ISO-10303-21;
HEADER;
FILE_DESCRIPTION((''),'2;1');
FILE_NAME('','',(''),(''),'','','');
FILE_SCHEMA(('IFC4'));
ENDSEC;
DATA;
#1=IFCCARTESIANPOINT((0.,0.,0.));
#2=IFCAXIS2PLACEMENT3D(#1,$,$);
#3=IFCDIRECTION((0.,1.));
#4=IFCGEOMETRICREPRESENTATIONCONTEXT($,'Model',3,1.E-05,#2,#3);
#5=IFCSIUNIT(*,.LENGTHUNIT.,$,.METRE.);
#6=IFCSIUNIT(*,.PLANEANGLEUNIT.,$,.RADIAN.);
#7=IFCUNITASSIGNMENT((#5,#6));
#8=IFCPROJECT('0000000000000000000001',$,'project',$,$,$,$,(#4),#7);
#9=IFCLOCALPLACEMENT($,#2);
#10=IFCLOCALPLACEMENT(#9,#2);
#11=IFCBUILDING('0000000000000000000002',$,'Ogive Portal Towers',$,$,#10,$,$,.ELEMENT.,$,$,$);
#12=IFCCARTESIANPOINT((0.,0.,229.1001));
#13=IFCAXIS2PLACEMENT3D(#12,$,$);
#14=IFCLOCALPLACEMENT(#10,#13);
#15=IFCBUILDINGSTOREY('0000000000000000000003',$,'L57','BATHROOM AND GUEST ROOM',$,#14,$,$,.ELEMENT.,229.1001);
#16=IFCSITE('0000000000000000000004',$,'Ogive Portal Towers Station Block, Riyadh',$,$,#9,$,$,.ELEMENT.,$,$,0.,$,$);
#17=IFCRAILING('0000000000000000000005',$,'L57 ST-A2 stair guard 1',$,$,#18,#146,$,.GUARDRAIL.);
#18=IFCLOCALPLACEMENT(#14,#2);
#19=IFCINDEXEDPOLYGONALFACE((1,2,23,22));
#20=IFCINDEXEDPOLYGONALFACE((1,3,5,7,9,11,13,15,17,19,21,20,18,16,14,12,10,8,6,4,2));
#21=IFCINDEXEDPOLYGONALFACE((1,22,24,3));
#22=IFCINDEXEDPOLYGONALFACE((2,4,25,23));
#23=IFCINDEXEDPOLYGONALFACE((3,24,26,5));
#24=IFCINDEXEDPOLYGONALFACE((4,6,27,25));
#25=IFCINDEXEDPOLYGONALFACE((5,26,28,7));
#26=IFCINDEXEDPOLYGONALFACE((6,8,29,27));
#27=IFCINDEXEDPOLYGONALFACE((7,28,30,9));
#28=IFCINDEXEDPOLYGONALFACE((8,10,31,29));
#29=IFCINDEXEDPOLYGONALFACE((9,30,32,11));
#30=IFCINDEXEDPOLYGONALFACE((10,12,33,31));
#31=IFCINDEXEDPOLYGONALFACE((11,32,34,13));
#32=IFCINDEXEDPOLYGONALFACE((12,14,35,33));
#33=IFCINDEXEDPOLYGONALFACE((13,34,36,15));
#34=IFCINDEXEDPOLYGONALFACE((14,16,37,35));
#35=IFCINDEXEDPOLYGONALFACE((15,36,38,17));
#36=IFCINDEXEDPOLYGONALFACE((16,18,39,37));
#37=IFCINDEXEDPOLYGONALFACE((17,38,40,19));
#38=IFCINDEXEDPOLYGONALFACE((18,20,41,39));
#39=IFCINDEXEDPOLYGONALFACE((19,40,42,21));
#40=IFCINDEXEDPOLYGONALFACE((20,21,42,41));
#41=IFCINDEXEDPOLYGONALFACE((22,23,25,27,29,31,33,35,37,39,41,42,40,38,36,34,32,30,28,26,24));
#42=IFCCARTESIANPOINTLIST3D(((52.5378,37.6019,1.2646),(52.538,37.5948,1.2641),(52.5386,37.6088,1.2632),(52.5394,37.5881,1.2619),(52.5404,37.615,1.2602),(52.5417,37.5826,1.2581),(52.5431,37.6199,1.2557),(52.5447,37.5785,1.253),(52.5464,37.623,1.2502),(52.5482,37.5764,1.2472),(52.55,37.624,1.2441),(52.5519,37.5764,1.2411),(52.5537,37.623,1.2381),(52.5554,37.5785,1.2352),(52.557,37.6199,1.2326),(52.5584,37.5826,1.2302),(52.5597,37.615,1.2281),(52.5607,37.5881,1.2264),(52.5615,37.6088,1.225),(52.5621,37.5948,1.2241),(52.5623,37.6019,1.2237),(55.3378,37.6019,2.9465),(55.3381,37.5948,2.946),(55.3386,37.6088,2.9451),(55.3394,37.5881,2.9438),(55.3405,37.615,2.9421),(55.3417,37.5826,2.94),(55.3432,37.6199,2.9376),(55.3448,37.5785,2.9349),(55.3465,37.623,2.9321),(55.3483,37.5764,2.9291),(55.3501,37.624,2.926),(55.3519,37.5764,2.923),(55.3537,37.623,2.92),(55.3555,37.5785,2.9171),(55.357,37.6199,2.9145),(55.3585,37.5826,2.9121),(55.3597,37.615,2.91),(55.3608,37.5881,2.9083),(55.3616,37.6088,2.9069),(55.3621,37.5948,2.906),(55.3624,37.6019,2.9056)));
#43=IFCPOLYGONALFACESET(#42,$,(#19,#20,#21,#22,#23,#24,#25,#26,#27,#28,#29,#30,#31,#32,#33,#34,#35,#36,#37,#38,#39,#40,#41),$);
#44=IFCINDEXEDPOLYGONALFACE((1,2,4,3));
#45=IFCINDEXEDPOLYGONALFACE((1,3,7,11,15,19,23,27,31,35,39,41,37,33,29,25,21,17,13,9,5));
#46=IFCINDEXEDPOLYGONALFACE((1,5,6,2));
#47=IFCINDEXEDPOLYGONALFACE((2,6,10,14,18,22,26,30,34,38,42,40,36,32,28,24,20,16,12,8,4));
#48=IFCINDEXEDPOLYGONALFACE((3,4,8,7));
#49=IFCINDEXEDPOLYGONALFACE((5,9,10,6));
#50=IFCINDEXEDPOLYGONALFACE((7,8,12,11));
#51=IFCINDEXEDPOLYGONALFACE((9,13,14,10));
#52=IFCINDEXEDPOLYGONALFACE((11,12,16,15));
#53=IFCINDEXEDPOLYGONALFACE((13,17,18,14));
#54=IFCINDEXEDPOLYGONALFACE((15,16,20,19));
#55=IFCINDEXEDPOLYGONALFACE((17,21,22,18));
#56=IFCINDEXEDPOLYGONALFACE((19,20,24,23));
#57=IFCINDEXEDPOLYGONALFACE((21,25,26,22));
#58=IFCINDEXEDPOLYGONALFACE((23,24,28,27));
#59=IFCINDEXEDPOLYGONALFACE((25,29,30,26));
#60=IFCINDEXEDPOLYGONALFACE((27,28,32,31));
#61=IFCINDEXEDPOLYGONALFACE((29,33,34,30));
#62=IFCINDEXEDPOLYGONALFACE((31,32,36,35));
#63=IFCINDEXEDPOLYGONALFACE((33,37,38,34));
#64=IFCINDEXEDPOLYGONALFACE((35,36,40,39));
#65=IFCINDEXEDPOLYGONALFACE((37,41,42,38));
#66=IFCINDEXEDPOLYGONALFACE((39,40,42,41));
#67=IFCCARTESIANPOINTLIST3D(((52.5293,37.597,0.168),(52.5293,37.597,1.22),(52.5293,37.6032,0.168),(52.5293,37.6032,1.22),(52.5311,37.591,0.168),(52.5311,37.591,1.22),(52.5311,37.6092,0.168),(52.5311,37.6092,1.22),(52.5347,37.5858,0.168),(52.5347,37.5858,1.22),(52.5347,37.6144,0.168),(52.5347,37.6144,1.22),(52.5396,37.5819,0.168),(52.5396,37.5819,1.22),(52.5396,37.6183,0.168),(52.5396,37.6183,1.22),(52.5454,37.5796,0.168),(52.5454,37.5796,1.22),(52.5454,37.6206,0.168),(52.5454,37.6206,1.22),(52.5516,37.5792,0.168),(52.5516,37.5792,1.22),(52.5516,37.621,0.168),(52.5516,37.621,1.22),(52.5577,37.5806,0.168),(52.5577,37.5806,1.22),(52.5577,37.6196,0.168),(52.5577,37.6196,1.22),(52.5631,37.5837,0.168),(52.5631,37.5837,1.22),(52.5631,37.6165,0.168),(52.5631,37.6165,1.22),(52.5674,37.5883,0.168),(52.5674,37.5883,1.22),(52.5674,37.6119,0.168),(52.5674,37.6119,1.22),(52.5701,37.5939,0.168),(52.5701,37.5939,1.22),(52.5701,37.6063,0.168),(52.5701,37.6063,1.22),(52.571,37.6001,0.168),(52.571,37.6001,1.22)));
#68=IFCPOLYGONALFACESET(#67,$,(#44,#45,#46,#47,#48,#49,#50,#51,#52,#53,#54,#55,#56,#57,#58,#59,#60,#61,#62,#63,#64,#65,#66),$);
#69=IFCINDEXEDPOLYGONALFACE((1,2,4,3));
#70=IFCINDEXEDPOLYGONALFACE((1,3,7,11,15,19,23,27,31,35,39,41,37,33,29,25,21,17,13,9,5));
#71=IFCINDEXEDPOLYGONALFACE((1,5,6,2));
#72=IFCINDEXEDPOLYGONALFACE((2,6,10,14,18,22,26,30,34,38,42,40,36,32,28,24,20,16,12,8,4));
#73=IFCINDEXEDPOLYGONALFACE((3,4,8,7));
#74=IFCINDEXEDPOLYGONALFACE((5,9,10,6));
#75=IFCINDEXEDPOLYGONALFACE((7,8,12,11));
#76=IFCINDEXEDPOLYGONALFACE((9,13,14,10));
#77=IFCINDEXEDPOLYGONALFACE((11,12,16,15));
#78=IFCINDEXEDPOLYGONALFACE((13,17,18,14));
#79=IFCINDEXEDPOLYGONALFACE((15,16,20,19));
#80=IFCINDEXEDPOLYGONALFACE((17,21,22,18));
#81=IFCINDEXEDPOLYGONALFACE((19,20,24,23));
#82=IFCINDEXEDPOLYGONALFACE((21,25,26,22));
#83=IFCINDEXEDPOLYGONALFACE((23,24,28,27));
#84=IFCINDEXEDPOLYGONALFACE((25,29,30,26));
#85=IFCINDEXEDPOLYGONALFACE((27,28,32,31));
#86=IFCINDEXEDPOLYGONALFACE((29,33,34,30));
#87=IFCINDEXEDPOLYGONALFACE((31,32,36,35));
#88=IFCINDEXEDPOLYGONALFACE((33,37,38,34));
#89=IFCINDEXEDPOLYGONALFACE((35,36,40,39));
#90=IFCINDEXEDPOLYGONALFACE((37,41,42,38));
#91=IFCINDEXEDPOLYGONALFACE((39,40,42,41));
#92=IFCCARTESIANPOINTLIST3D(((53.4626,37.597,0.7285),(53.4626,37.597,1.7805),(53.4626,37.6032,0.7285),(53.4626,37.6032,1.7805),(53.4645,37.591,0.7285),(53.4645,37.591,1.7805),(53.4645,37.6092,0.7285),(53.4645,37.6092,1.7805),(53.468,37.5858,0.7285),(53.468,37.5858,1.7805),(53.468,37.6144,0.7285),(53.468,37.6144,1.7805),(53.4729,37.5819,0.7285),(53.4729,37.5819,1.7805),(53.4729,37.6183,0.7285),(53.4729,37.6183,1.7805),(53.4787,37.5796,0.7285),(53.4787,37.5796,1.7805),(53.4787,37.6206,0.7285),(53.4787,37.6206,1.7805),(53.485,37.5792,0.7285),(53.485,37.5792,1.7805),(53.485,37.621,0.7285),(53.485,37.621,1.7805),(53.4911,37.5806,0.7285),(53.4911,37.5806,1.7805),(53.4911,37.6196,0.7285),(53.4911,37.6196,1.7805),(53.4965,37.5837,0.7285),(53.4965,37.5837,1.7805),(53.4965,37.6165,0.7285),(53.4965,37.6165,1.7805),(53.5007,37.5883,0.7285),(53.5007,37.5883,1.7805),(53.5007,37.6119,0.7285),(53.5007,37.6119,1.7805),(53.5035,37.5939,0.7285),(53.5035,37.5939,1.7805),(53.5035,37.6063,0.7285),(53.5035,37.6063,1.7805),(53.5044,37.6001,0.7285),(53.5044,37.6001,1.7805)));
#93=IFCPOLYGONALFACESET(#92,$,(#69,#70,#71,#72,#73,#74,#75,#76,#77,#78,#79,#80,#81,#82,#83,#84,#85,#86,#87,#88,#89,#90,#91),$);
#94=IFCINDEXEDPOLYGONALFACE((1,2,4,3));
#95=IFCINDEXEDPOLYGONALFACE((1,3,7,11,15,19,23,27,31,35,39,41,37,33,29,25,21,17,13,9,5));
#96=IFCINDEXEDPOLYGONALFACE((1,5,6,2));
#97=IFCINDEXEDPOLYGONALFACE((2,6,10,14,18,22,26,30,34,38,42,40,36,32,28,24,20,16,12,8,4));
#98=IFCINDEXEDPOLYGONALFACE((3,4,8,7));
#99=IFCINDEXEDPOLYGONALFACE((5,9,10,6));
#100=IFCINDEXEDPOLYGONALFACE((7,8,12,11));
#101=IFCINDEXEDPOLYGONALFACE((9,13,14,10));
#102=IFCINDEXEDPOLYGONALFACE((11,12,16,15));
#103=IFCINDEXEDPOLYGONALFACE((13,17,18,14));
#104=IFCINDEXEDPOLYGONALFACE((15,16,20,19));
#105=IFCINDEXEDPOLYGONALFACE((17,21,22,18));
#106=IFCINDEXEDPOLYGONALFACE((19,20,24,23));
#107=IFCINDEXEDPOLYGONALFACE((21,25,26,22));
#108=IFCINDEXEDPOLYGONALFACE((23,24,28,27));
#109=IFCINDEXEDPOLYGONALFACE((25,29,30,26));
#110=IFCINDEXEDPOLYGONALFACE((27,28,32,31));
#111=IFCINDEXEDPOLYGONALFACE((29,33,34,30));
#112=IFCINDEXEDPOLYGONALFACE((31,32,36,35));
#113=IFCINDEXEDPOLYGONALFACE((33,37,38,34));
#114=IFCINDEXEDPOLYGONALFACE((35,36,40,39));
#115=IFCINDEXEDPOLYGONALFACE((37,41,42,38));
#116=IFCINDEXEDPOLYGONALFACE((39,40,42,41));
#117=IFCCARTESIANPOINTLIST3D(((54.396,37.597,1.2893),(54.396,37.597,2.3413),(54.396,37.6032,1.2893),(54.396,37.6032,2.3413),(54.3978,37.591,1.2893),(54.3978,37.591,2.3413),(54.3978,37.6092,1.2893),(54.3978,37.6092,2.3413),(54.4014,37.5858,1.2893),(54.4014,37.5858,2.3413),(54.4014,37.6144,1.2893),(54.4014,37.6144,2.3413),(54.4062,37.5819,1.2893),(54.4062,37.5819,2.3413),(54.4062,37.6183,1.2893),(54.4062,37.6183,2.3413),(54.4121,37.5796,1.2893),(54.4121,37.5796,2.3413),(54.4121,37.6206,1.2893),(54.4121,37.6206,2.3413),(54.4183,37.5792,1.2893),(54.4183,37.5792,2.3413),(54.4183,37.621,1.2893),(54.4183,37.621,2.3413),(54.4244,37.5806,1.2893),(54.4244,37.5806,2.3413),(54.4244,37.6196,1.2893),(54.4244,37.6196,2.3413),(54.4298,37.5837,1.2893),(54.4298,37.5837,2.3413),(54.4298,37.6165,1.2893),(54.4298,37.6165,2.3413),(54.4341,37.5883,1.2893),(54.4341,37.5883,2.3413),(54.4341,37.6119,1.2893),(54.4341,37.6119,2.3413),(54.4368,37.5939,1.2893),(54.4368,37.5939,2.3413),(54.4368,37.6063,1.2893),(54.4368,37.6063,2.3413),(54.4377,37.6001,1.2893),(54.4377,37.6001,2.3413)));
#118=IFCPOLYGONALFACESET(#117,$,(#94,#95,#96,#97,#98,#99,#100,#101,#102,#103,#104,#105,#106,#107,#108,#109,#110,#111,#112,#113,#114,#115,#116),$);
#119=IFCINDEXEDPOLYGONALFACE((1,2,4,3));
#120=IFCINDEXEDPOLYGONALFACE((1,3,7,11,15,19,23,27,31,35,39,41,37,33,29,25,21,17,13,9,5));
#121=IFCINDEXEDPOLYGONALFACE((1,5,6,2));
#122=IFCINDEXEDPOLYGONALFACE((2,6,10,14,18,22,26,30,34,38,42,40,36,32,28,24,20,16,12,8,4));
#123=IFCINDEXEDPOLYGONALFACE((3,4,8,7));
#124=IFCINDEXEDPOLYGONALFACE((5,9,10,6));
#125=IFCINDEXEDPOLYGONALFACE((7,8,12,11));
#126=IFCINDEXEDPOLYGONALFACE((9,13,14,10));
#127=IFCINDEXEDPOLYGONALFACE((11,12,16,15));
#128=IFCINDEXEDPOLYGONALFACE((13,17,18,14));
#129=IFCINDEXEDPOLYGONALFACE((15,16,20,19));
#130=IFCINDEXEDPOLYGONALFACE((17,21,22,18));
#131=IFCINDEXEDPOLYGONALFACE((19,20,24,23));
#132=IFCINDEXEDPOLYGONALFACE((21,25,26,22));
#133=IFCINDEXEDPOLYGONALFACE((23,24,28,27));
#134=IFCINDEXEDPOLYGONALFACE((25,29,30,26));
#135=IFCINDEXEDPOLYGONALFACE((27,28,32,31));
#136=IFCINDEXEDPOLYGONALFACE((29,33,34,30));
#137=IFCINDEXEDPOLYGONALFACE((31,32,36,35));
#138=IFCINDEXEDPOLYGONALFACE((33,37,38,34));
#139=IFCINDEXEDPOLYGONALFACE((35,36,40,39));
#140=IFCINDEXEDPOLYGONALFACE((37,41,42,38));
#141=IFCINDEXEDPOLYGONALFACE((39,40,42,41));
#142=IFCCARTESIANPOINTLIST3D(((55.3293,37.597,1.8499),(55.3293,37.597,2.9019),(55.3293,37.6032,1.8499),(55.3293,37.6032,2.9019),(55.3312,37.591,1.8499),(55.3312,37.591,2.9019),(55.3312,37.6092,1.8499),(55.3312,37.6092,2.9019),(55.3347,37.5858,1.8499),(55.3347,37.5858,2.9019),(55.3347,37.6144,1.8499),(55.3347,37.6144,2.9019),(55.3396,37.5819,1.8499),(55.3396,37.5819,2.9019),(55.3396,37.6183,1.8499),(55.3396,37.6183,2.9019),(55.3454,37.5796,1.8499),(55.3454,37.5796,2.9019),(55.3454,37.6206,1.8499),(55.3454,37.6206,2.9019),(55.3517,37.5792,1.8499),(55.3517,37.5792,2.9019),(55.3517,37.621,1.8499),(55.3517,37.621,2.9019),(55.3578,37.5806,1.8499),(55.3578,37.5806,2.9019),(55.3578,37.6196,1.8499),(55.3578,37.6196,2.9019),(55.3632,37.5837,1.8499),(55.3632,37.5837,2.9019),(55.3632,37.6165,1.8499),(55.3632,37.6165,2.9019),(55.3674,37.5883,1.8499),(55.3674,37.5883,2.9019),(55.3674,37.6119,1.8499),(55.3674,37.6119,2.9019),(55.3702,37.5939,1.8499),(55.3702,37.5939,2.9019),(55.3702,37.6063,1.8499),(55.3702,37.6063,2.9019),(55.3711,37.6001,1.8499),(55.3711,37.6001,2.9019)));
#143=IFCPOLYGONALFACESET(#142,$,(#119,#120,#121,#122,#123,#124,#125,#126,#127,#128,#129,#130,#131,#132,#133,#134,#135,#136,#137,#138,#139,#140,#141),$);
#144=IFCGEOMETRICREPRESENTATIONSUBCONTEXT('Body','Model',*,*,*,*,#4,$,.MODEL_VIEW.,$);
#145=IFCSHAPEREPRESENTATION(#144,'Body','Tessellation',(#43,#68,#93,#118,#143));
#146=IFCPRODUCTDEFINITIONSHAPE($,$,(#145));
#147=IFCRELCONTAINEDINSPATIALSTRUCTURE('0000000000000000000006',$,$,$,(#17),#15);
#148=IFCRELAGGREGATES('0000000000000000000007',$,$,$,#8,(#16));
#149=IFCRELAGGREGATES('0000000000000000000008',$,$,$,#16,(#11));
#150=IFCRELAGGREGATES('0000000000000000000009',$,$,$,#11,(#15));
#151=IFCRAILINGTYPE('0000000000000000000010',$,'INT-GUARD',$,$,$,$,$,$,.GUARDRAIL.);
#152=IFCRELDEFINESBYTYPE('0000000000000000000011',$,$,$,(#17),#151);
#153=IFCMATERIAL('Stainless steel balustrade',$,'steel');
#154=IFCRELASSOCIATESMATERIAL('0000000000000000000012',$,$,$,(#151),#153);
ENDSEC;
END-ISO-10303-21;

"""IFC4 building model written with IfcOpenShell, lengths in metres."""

from ifc_helpers import new_model, si_unit, direction, frame, origin, origin_2d, place, context, subcontext, project, spatial, circle, extrude, material, type_object, element, save


model = new_model("IFC4")

# Units and contexts
model_context = context("Model", 3, precision=1e-05, world=origin(), true_north=direction((0.0, 1.0)))
body_context = subcontext(model_context, "Body", "Model", "MODEL_VIEW")
ifc_project = project(units=[si_unit("LENGTHUNIT", "METRE"), si_unit("PLANEANGLEUNIT", "RADIAN")], contexts=[model_context])

# Site, building, storey
site_placement = place(None, origin())
site = spatial("IfcSite", under=ifc_project, at=site_placement, Name="Ogive Portal Towers Station Block, Riyadh", CompositionType="ELEMENT", RefElevation=0.0)
building_placement = place(site_placement, origin())
building = spatial("IfcBuilding", under=site, at=building_placement, Name="Ogive Portal Towers", CompositionType="ELEMENT")
storey_placement = place(building_placement, frame((0.0, 0.0, 229.1001)))
storey = spatial("IfcBuildingStorey", under=building, at=storey_placement, Name="L57", Description="BATHROOM AND GUEST ROOM", CompositionType="ELEMENT", Elevation=229.1001)

# Railing
ifc_material_1 = material(Name="Stainless steel balustrade", Category="steel")
railing_type_1 = type_object("IfcRailingType", Name="INT-GUARD", PredefinedType="GUARDRAIL", material=ifc_material_1)
railing_1_placement = place(storey_placement, frame((52.55, 37.6001, 0.168)))
element("IfcRailing", 1, at=railing_1_placement, inside=storey, type_object=railing_type_1, Name="L57 ST-A2 stair guard 1", PredefinedType="GUARDRAIL", context=body_context, shape_type="SweptSolid", body=[
    extrude(circle(Radius=0.0239, at=origin_2d()), frame((0.0, 0.0, 1.0762), z_axis=(0.857242, 0.0, 0.514913), x_axis=(0.0, 1.0, 0.0)), (0.0, 0.0, 1.0), 3.2664),
    extrude(circle(Radius=0.021, at=origin_2d()), origin(), (0.0, 0.0, 1.0), 1.052),
    extrude(circle(Radius=0.021, at=origin_2d()), frame((0.9333, 0.0, 0.5605)), (0.0, 0.0, 1.0), 1.052),
    extrude(circle(Radius=0.021, at=origin_2d()), frame((1.8667, 0.0, 1.1213)), (0.0, 0.0, 1.0), 1.052),
    extrude(circle(Radius=0.021, at=origin_2d()), frame((2.8, 0.0, 1.6819)), (0.0, 0.0, 1.0), 1.052),
])

save(model, "model.ifc")
